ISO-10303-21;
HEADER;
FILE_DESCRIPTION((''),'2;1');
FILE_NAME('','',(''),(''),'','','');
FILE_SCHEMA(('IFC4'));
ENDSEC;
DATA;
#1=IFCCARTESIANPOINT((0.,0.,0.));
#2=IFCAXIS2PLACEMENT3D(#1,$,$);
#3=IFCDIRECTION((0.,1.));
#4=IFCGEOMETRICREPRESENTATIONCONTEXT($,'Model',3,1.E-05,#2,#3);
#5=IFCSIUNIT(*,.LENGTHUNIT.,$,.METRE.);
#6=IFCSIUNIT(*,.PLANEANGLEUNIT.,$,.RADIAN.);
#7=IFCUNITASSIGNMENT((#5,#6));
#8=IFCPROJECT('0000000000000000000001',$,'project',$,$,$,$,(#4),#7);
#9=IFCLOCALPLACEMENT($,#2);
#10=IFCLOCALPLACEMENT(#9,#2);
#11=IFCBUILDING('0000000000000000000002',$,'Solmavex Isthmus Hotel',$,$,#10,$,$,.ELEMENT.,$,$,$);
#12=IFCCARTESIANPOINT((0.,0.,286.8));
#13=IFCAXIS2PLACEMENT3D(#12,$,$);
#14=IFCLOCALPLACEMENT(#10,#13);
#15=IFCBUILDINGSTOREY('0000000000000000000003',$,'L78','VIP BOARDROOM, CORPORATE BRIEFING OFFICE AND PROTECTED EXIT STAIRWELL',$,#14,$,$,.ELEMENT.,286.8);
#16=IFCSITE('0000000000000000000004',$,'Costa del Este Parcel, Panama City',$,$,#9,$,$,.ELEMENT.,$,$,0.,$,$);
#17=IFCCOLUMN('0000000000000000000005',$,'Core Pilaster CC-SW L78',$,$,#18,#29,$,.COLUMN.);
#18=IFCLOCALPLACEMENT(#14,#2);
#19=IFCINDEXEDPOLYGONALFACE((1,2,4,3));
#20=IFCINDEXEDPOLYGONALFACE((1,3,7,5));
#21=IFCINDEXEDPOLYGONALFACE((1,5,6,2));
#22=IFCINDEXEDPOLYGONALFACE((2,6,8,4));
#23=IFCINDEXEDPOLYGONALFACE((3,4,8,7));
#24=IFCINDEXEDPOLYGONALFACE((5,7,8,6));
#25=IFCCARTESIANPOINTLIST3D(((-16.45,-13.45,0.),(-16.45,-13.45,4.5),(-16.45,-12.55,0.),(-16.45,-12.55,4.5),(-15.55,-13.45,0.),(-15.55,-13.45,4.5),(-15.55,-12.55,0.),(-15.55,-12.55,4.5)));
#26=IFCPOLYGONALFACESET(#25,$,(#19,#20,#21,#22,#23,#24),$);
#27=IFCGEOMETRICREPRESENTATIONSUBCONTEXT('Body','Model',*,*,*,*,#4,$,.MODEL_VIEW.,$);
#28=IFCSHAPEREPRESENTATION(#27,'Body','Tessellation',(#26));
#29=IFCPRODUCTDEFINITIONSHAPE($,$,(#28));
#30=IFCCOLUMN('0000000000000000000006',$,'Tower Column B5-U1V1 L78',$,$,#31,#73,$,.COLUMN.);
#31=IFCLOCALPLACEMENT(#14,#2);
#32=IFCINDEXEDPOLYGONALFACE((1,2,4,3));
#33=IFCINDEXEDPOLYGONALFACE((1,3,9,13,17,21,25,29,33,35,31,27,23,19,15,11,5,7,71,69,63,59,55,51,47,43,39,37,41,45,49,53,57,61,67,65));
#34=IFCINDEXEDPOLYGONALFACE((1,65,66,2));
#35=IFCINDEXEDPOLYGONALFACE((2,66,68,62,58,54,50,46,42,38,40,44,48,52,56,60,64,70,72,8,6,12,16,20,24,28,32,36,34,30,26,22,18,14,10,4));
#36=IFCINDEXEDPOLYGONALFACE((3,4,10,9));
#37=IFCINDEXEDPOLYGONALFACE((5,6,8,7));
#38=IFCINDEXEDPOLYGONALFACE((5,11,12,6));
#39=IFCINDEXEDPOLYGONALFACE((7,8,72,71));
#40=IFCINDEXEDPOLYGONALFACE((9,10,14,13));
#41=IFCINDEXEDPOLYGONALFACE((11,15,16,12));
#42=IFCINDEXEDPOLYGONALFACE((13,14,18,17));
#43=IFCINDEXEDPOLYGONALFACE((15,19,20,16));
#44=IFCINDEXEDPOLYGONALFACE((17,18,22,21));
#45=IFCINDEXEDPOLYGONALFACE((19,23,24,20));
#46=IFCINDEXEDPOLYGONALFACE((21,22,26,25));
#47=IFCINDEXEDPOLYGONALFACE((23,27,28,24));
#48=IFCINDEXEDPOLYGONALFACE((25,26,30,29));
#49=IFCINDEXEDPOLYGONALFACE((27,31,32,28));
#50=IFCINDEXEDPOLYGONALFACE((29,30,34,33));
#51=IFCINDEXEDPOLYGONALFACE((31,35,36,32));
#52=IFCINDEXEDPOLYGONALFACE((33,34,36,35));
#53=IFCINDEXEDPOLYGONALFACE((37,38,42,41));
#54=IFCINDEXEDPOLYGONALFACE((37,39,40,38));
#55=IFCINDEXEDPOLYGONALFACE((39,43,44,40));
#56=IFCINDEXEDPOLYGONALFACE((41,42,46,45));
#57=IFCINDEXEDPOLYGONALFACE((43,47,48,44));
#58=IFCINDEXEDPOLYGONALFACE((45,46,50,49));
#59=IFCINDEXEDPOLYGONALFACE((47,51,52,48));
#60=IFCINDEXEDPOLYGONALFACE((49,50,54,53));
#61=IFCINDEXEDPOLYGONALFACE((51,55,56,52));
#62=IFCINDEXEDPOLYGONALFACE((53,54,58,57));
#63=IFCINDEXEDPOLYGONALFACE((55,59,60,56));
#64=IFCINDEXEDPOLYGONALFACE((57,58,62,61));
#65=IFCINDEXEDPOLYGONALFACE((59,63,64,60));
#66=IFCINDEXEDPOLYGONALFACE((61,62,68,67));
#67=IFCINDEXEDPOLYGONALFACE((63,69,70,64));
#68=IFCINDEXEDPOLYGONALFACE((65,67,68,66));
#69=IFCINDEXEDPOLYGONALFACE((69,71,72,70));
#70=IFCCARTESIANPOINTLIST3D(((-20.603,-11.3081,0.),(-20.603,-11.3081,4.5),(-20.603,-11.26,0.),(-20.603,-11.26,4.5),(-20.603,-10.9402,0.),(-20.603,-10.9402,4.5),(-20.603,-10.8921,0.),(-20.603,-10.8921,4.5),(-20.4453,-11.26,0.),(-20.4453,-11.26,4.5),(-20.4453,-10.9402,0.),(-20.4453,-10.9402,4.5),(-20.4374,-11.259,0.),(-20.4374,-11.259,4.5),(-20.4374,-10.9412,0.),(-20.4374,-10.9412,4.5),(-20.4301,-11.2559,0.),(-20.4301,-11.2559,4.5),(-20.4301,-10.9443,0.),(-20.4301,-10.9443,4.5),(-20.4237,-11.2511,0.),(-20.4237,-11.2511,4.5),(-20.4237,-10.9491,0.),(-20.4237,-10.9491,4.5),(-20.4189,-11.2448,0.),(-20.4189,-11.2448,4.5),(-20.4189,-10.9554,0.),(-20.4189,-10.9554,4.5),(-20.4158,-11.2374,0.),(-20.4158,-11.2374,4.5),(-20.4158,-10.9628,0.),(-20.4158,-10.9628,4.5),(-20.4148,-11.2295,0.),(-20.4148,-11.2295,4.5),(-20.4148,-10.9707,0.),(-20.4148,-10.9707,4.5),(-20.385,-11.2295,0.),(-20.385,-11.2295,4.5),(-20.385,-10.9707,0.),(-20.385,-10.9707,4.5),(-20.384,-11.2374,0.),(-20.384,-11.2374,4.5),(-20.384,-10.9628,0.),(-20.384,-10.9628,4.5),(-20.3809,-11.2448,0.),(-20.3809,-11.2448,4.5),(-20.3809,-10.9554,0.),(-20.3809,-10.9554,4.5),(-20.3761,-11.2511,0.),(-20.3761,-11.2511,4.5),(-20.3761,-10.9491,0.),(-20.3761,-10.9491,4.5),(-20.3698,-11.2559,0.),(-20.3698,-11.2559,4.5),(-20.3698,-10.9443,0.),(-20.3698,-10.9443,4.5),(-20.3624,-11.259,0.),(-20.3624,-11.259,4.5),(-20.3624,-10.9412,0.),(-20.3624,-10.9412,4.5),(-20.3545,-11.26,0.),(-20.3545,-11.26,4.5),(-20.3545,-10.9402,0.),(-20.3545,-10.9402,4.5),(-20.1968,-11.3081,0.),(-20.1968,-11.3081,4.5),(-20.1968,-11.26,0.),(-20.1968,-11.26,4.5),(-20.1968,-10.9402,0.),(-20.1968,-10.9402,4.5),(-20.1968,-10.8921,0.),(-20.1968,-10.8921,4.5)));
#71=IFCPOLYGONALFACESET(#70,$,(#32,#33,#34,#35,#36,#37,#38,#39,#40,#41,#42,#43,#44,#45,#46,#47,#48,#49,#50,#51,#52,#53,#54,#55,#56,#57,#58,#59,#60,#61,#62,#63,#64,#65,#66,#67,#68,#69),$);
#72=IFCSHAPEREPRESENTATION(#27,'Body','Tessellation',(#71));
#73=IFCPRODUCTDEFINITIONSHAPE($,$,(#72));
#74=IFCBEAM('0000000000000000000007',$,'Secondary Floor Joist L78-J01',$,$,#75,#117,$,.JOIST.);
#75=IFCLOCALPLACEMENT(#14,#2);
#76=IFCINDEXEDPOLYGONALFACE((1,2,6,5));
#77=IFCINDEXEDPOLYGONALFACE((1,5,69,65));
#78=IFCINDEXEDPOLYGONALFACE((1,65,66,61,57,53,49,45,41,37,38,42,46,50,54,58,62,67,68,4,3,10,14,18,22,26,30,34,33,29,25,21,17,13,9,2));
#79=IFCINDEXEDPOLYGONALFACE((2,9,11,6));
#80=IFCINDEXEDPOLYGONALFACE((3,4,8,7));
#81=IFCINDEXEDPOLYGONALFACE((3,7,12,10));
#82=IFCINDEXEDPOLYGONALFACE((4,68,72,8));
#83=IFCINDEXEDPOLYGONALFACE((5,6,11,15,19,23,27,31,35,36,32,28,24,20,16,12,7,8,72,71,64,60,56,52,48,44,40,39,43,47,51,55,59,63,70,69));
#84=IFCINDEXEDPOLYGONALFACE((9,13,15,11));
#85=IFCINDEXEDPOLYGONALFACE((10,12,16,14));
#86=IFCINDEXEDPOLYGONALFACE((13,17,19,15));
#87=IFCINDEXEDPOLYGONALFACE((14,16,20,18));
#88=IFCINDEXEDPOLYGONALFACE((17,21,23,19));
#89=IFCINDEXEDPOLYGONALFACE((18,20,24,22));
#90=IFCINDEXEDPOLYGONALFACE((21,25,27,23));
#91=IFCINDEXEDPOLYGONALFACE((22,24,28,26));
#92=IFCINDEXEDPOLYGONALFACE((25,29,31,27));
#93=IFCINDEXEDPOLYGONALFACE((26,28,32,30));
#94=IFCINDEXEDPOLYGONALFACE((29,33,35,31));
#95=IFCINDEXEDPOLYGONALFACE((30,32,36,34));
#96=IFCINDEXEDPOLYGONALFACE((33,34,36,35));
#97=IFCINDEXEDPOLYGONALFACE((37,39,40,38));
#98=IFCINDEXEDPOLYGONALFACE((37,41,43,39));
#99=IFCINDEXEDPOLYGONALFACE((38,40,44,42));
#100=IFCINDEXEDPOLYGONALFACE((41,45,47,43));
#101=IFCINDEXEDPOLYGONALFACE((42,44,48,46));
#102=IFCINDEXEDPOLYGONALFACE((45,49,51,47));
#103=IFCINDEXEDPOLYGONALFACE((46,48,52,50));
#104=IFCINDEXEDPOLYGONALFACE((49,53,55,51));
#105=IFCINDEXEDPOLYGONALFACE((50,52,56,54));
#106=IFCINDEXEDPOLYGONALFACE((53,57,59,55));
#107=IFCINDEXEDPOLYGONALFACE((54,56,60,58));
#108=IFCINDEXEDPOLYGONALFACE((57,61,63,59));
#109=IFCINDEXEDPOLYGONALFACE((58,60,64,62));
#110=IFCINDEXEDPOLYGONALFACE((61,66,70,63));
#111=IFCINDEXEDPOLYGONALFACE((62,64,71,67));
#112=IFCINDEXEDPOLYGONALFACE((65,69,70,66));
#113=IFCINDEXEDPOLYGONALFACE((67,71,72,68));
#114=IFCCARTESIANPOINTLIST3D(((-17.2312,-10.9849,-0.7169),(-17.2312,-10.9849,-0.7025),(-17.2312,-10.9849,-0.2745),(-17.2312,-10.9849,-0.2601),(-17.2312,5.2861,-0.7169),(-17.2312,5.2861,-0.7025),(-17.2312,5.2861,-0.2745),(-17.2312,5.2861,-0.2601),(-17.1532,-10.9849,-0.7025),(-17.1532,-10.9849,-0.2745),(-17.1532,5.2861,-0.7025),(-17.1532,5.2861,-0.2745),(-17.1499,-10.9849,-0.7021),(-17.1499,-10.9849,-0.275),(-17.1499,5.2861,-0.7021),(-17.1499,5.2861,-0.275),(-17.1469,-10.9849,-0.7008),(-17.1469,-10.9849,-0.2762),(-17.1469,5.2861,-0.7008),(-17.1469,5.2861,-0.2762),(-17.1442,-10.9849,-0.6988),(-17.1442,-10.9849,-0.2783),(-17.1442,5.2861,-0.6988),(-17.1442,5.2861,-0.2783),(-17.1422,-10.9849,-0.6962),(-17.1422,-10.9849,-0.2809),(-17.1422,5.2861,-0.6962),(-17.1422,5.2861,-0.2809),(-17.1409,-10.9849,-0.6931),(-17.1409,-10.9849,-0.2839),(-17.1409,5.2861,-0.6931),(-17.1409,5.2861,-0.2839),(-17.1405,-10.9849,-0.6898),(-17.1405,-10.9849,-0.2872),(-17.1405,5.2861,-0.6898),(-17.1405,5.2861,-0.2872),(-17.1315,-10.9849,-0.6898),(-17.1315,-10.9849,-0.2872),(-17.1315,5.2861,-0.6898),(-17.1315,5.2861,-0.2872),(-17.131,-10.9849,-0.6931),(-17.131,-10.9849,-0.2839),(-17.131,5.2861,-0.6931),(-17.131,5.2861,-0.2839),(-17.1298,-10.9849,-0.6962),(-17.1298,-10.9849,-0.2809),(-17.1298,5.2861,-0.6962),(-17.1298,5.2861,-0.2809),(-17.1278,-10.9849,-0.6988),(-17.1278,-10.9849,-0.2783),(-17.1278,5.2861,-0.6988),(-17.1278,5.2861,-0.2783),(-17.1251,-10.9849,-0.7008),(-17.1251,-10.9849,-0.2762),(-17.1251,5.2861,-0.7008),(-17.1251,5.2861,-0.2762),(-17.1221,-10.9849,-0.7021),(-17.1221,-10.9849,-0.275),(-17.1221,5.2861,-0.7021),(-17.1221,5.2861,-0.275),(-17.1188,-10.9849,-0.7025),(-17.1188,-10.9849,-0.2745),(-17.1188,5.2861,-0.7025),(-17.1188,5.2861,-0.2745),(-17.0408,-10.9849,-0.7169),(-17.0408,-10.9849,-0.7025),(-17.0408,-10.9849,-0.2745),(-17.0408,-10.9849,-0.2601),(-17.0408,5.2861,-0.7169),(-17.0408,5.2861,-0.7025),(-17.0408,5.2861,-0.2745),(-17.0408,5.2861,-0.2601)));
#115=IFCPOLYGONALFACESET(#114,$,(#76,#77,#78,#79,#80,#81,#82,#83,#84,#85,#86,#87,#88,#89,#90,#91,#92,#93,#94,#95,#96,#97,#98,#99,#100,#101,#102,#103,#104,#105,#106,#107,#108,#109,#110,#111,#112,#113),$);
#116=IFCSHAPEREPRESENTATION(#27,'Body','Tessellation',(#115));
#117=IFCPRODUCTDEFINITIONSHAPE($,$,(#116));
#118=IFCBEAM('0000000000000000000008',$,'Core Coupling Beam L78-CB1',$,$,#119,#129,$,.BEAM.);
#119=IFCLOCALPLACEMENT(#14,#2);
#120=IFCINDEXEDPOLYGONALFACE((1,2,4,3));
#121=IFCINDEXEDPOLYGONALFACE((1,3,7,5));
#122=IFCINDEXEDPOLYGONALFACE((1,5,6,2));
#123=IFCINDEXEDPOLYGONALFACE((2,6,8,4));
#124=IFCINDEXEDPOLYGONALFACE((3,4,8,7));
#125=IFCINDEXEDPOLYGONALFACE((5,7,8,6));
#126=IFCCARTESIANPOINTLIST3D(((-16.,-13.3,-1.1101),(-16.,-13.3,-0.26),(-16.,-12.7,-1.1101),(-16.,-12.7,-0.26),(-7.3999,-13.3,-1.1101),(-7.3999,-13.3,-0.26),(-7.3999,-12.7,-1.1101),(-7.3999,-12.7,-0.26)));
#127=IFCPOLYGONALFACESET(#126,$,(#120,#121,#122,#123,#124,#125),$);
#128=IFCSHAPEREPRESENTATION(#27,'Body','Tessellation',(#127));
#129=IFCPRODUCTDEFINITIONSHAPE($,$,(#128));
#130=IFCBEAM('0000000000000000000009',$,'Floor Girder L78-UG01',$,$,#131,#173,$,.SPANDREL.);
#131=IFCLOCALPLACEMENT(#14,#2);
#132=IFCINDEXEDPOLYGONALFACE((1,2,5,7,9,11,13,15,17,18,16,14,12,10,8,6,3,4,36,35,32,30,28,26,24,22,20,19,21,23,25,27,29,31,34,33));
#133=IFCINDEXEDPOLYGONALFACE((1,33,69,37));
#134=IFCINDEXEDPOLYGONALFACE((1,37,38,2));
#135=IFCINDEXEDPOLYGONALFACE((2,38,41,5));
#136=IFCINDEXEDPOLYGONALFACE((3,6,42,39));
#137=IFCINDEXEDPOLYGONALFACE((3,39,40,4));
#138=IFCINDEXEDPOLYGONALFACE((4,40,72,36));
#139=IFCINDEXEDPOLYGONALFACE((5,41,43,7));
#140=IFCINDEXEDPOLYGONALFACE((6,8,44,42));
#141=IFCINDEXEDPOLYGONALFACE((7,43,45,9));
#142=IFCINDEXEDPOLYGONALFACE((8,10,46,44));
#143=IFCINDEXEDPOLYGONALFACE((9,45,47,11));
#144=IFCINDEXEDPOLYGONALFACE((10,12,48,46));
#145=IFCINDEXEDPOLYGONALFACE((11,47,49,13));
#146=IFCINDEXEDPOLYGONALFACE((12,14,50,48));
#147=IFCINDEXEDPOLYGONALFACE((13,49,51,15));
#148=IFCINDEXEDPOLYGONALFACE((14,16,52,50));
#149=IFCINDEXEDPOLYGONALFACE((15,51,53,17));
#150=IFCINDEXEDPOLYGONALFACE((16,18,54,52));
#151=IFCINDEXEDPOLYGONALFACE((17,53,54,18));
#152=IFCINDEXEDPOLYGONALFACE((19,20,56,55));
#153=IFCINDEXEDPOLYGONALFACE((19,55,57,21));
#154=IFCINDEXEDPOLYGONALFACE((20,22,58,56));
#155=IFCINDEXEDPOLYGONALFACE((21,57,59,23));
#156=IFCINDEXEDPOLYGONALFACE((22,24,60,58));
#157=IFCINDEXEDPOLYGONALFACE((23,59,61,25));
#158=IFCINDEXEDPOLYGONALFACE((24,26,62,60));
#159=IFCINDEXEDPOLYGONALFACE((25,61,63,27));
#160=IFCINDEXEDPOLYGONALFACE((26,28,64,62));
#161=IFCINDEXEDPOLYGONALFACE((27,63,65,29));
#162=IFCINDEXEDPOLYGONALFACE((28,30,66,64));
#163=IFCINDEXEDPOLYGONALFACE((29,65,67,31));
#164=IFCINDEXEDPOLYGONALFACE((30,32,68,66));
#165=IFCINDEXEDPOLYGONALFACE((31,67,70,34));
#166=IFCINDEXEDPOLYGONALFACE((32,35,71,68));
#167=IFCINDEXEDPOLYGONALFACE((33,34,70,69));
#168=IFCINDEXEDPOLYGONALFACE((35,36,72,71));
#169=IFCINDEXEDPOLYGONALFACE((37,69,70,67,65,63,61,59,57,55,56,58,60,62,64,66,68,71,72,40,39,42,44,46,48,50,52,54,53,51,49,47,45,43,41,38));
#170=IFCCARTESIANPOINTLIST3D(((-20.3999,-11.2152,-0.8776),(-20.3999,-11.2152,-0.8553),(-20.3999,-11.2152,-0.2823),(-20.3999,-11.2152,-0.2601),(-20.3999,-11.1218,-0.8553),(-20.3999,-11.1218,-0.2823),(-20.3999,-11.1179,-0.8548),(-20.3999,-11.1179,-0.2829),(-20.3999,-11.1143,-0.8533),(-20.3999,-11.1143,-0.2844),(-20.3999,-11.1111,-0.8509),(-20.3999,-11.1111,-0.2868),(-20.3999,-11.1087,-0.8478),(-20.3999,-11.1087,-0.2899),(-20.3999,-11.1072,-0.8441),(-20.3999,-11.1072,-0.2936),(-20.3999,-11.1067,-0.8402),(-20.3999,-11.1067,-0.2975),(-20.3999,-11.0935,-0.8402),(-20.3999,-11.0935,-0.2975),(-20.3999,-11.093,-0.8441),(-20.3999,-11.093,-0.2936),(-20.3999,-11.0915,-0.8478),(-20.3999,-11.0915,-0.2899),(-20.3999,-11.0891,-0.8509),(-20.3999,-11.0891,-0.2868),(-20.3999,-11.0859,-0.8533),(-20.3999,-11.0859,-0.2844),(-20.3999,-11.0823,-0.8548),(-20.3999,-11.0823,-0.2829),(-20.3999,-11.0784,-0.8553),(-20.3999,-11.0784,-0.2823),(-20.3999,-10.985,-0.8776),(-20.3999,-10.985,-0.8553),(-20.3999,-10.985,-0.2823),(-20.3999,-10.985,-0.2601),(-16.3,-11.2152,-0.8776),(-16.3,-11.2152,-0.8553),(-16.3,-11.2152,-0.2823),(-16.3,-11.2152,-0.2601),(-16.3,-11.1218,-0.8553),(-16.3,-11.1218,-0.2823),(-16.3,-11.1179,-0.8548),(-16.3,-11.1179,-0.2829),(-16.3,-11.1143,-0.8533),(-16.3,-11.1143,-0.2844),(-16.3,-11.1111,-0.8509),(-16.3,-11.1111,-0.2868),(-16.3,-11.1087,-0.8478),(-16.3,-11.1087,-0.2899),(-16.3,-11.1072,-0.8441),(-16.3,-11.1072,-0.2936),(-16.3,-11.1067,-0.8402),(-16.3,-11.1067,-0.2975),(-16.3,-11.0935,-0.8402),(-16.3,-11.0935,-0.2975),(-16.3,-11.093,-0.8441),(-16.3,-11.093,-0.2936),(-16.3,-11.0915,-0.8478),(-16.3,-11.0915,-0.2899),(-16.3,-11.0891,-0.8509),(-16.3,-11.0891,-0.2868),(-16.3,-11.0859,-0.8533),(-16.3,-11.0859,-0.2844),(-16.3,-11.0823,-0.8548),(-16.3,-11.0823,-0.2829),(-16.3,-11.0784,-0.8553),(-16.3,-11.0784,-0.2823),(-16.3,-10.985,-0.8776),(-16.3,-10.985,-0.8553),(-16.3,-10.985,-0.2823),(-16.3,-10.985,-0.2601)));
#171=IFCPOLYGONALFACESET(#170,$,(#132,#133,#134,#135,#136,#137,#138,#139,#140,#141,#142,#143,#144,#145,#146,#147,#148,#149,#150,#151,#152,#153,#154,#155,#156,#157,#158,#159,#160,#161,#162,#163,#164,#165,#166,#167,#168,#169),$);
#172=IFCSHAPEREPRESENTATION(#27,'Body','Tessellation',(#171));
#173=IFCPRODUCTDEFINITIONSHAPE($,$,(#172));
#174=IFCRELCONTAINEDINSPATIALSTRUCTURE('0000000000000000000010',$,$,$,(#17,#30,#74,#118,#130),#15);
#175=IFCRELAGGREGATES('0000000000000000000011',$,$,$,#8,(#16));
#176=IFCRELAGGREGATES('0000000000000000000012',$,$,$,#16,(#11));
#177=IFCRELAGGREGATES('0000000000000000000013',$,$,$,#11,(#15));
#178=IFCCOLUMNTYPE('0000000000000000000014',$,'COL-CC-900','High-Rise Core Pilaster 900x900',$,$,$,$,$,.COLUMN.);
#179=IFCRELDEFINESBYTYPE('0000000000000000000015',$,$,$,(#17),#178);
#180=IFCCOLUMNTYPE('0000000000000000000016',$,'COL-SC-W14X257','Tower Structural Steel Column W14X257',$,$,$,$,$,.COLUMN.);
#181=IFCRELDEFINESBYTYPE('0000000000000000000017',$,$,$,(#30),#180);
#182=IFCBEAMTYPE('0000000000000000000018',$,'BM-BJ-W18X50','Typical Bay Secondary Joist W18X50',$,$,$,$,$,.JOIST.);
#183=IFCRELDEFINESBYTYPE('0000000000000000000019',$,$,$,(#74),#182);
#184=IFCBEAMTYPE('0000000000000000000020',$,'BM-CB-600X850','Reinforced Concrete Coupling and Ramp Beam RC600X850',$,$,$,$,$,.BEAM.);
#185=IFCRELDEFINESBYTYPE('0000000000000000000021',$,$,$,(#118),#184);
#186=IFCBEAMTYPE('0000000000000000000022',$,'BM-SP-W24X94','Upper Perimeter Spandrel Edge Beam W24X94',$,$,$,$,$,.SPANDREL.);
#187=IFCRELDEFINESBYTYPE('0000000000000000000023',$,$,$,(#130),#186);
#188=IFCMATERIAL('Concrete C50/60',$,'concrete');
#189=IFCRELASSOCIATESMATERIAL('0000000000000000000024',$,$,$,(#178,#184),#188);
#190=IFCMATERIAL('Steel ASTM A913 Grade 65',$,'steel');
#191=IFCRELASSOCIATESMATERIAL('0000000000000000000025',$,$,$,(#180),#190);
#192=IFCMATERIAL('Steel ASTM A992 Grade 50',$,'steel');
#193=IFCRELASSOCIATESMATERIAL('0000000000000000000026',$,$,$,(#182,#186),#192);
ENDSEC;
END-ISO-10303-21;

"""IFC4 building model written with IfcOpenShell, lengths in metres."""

from ifc_helpers import new_model, si_unit, direction, frame, origin, origin_2d, place, context, subcontext, project, spatial, rectangle, i_section, extrude, material, material_profile, profile_set, type_object, element, save


model = new_model("IFC4")

# Units and contexts
model_context = context("Model", 3, precision=1e-05, world=origin(), true_north=direction((0.0, 1.0)))
body_context = subcontext(model_context, "Body", "Model", "MODEL_VIEW")
ifc_project = project(units=[si_unit("LENGTHUNIT", "METRE"), si_unit("PLANEANGLEUNIT", "RADIAN")], contexts=[model_context])

# Site, building, storey
site_placement = place(None, origin())
site = spatial("IfcSite", under=ifc_project, at=site_placement, Name="Costa del Este Parcel, Panama City", CompositionType="ELEMENT", RefElevation=0.0)
building_placement = place(site_placement, origin())
building = spatial("IfcBuilding", under=site, at=building_placement, Name="Solmavex Isthmus Hotel", CompositionType="ELEMENT")
storey_placement = place(building_placement, frame((0.0, 0.0, 286.8)))
storey = spatial("IfcBuildingStorey", under=building, at=storey_placement, Name="L78", Description="VIP BOARDROOM, CORPORATE BRIEFING OFFICE AND PROTECTED EXIT STAIRWELL", CompositionType="ELEMENT", Elevation=286.8)

# Columns
ifc_material_1 = material(Name="Concrete C50/60", Category="concrete")
ifc_material_profile_1 = material_profile(ifc_material_1, rectangle(XDim=0.8999, YDim=0.8999, at=origin_2d()), Name="RC900X900")
ifc_profile_set_1 = profile_set([ifc_material_profile_1], Name="Concrete C50/60")
column_type_1 = type_object("IfcColumnType", Name="COL-CC-900", Description="High-Rise Core Pilaster 900x900", PredefinedType="COLUMN", material=ifc_profile_set_1)
column_1_placement = place(storey_placement, frame((-16.0, -13.0, 0.0), z_axis=(0.0, 0.0, 1.0), x_axis=(1.0, 0.0, 0.0)))
element("IfcColumn", 1, at=column_1_placement, inside=storey, type_object=column_type_1, Name="Core Pilaster CC-SW L78", PredefinedType="COLUMN", context=body_context, shape_type="SweptSolid", body=[
    extrude(rectangle(XDim=0.8999, YDim=0.8999, at=origin_2d()), origin(), (0.0, 0.0, 1.0), 4.5),
])
ifc_material_2 = material(Name="Steel ASTM A913 Grade 65", Category="steel")
ifc_material_profile_2 = material_profile(ifc_material_2, i_section(OverallWidth=0.4062, OverallDepth=0.416, WebThickness=0.0298, FlangeThickness=0.0481, FilletRadius=0.0305, at=origin_2d()), Name="W14X257")
ifc_profile_set_2 = profile_set([ifc_material_profile_2], Name="Steel ASTM A913 Grade 65")
column_type_2 = type_object("IfcColumnType", Name="COL-SC-W14X257", Description="Tower Structural Steel Column W14X257", PredefinedType="COLUMN", material=ifc_profile_set_2)
column_2_placement = place(storey_placement, frame((-20.3999, -11.1001, 0.0), z_axis=(0.0, 0.0, 1.0), x_axis=(1.0, 0.0, 0.0)))
element("IfcColumn", 2, at=column_2_placement, inside=storey, type_object=column_type_2, Name="Tower Column B5-U1V1 L78", PredefinedType="COLUMN", context=body_context, shape_type="SweptSolid", body=[
    extrude(i_section(OverallWidth=0.4062, OverallDepth=0.416, WebThickness=0.0298, FlangeThickness=0.0481, FilletRadius=0.0305, at=origin_2d()), origin(), (0.0, 0.0, 1.0), 4.5),
])

# Beams
ifc_material_3 = material(Name="Steel ASTM A992 Grade 50", Category="steel")
ifc_material_profile_3 = material_profile(ifc_material_3, i_section(OverallWidth=0.1904, OverallDepth=0.4568, WebThickness=0.009, FlangeThickness=0.0144, FilletRadius=0.0127, at=origin_2d()), Name="W18X50")
ifc_profile_set_3 = profile_set([ifc_material_profile_3], Name="Steel ASTM A992 Grade 50")
beam_type_1 = type_object("IfcBeamType", Name="BM-BJ-W18X50", Description="Typical Bay Secondary Joist W18X50", PredefinedType="JOIST", material=ifc_profile_set_3)
beam_1_placement = place(storey_placement, frame((-17.136, -10.9849, -0.4885), z_axis=(0.0, 1.0, 0.0), x_axis=(-1.0, 0.0, 0.0)))
element("IfcBeam", 3, at=beam_1_placement, inside=storey, type_object=beam_type_1, Name="Secondary Floor Joist L78-J01", PredefinedType="JOIST", context=body_context, shape_type="SweptSolid", body=[
    extrude(i_section(OverallWidth=0.1904, OverallDepth=0.4568, WebThickness=0.009, FlangeThickness=0.0144, FilletRadius=0.0127, at=origin_2d()), origin(), (0.0, 0.0, 1.0), 16.271),
])
ifc_material_profile_4 = material_profile(ifc_material_1, rectangle(XDim=0.6001, YDim=0.8501, at=origin_2d()), Name="RC600X850")
ifc_profile_set_4 = profile_set([ifc_material_profile_4], Name="Concrete C50/60")
beam_type_2 = type_object("IfcBeamType", Name="BM-CB-600X850", Description="Reinforced Concrete Coupling and Ramp Beam RC600X850", PredefinedType="BEAM", material=ifc_profile_set_4)
beam_2_placement = place(storey_placement, frame((-16.0, -13.0, -0.6851), z_axis=(1.0, 0.0, 0.0), x_axis=(0.0, 1.0, 0.0)))
element("IfcBeam", 4, at=beam_2_placement, inside=storey, type_object=beam_type_2, Name="Core Coupling Beam L78-CB1", PredefinedType="BEAM", context=body_context, shape_type="SweptSolid", body=[
    extrude(rectangle(XDim=0.6001, YDim=0.8501, at=origin_2d()), origin(), (0.0, 0.0, 1.0), 8.6001),
])
ifc_material_profile_5 = material_profile(ifc_material_3, i_section(OverallWidth=0.2302, OverallDepth=0.6174, WebThickness=0.0132, FlangeThickness=0.0222, FilletRadius=0.0151, at=origin_2d()), Name="W24X94")
ifc_profile_set_5 = profile_set([ifc_material_profile_5], Name="Steel ASTM A992 Grade 50")
beam_type_3 = type_object("IfcBeamType", Name="BM-SP-W24X94", Description="Upper Perimeter Spandrel Edge Beam W24X94", PredefinedType="SPANDREL", material=ifc_profile_set_5)
beam_3_placement = place(storey_placement, frame((-20.3999, -11.1001, -0.5688), z_axis=(1.0, 0.0, 0.0), x_axis=(0.0, 1.0, 0.0)))
element("IfcBeam", 5, at=beam_3_placement, inside=storey, type_object=beam_type_3, Name="Floor Girder L78-UG01", PredefinedType="SPANDREL", context=body_context, shape_type="SweptSolid", body=[
    extrude(i_section(OverallWidth=0.2302, OverallDepth=0.6174, WebThickness=0.0132, FlangeThickness=0.0222, FilletRadius=0.0151, at=origin_2d()), origin(), (0.0, 0.0, 1.0), 4.0999),
])

save(model, "model.ifc")
